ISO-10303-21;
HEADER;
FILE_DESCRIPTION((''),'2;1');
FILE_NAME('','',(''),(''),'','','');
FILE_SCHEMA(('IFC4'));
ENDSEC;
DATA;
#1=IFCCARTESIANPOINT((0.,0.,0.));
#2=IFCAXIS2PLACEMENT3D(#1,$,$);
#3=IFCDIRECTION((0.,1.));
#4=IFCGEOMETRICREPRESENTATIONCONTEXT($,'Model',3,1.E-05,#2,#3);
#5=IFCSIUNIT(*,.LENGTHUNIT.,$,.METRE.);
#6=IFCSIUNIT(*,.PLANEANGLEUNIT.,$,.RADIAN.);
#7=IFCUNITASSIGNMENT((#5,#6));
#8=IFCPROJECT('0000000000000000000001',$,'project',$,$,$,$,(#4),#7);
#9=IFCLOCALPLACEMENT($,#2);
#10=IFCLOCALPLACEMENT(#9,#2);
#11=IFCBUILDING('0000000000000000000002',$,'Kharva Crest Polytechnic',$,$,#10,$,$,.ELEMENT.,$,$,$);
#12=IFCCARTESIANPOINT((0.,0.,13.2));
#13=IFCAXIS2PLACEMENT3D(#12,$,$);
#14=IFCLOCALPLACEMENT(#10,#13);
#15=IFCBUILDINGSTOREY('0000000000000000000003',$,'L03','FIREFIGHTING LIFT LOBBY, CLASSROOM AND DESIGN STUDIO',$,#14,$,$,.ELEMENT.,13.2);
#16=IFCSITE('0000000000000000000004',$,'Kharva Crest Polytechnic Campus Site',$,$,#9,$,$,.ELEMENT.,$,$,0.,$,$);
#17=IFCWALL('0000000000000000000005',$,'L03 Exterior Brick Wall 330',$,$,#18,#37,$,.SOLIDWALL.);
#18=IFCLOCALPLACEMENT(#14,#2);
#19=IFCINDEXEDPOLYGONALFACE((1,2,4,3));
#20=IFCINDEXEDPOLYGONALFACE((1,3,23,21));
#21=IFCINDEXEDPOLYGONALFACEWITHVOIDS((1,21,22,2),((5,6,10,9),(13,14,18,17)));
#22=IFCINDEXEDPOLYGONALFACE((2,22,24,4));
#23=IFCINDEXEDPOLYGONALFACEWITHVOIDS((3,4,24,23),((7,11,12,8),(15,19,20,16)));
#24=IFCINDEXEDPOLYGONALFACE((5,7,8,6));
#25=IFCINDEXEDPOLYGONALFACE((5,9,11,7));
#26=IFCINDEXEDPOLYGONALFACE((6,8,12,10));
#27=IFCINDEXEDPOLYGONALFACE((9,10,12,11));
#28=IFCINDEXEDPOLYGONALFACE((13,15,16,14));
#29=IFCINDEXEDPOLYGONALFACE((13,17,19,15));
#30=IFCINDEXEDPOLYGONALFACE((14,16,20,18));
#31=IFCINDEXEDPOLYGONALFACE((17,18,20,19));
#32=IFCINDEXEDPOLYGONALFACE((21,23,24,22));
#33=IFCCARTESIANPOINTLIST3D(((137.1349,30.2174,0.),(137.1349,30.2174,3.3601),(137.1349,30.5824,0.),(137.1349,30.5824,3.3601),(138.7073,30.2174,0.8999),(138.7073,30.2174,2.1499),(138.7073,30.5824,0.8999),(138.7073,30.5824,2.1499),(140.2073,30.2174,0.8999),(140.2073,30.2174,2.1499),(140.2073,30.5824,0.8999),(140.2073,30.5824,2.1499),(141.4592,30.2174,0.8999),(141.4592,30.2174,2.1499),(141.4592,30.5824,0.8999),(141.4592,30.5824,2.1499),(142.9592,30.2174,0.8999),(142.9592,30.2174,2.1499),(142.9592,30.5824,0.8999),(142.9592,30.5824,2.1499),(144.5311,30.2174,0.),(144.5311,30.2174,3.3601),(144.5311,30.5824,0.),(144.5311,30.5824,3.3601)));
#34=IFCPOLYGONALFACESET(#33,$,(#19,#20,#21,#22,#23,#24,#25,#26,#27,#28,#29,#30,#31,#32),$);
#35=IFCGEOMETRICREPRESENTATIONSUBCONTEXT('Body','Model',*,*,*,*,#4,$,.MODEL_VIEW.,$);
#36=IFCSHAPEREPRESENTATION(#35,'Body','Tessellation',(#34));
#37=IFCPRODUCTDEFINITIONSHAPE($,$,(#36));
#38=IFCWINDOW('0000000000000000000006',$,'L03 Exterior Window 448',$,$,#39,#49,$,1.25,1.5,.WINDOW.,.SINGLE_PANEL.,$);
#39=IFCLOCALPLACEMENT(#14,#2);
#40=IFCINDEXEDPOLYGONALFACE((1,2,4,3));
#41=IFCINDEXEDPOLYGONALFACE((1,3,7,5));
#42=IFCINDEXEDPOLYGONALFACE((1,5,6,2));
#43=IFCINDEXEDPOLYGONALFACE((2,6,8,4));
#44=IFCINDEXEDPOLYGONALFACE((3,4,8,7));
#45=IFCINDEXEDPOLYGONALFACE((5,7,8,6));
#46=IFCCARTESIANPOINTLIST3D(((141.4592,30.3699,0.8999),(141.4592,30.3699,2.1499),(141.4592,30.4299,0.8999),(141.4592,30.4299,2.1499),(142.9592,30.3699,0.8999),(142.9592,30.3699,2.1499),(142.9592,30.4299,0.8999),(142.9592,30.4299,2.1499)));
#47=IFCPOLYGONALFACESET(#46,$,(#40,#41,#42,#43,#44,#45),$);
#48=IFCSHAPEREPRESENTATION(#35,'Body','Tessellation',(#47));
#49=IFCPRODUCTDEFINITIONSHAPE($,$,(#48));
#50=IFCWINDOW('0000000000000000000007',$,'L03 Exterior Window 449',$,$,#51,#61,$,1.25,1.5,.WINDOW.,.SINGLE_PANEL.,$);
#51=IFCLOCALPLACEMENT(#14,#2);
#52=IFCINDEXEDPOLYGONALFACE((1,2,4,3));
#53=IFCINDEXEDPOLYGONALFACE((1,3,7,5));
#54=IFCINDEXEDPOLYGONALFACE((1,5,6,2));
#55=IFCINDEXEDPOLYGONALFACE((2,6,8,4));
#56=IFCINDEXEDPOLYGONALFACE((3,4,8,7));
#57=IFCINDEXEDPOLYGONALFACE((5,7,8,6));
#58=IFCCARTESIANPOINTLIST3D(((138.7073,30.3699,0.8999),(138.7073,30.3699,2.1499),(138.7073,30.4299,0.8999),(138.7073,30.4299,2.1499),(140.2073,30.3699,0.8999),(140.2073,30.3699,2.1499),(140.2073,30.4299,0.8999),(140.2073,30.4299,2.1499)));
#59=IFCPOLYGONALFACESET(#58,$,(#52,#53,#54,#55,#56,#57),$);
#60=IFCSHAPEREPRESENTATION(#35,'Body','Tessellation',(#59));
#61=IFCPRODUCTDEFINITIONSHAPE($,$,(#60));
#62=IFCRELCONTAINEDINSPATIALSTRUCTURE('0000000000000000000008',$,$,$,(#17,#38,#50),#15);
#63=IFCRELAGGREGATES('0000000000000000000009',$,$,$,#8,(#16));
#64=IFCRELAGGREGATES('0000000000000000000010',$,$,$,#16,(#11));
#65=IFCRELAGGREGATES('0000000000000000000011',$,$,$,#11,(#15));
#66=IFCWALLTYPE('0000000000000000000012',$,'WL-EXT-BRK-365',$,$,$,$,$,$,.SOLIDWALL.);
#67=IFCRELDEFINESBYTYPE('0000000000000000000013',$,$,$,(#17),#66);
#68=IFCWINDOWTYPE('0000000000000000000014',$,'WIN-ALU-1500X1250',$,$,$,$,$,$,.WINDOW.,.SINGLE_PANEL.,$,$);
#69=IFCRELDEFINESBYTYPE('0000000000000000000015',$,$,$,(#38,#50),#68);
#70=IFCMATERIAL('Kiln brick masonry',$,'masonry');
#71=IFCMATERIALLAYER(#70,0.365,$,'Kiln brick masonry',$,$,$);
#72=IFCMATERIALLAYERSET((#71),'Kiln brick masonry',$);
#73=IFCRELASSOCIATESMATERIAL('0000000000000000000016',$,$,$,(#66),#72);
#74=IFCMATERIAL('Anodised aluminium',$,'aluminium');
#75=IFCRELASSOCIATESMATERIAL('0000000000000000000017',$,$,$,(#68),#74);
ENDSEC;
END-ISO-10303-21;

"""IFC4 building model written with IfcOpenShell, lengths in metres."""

from ifc_helpers import new_model, si_unit, direction, frame, frame_2d, origin, place, context, subcontext, project, spatial, rectangle, extrude, material, layer, layer_set, type_object, element, fill, save


model = new_model("IFC4")

# Units and contexts
model_context = context("Model", 3, precision=1e-05, world=origin(), true_north=direction((0.0, 1.0)))
body_context = subcontext(model_context, "Body", "Model", "MODEL_VIEW")
ifc_project = project(units=[si_unit("LENGTHUNIT", "METRE"), si_unit("PLANEANGLEUNIT", "RADIAN")], contexts=[model_context])

# Site, building, storey
site_placement = place(None, origin())
site = spatial("IfcSite", under=ifc_project, at=site_placement, Name="Kharva Crest Polytechnic Campus Site", CompositionType="ELEMENT", RefElevation=0.0)
building_placement = place(site_placement, origin())
building = spatial("IfcBuilding", under=site, at=building_placement, Name="Kharva Crest Polytechnic", CompositionType="ELEMENT")
storey_placement = place(building_placement, frame((0.0, 0.0, 13.2)))
storey = spatial("IfcBuildingStorey", under=building, at=storey_placement, Name="L03", Description="FIREFIGHTING LIFT LOBBY, CLASSROOM AND DESIGN STUDIO", CompositionType="ELEMENT", Elevation=13.2)

# Wall, openings, windows
ifc_material_1 = material(Name="Kiln brick masonry", Category="masonry")
ifc_layer_1 = layer(ifc_material_1, 0.365, Name="Kiln brick masonry")
ifc_layer_set_1 = layer_set([ifc_layer_1], Name="Kiln brick masonry")
wall_type = type_object("IfcWallType", Name="WL-EXT-BRK-365", PredefinedType="SOLIDWALL", material=ifc_layer_set_1)
wall_placement = place(storey_placement, frame((144.5312, 30.3999, 0.0), z_axis=(0.0, 0.0, 1.0), x_axis=(-1.0, 0.0, 0.0)))
wall = element("IfcWall", 1, at=wall_placement, inside=storey, type_object=wall_type, Name="L03 Exterior Brick Wall 330", PredefinedType="SOLIDWALL", context=body_context, shape_type="SweptSolid", body=[
    extrude(rectangle(XDim=7.3962, YDim=0.365, at=frame_2d((3.6982, 0.0))), origin(), (0.0, 0.0, 1.0), 3.3601),
])
opening_1_placement = place(wall_placement, frame((1.572, 0.0, 0.8999)))
opening_1 = element("IfcOpeningElement", 2, at=opening_1_placement, cuts=wall, PredefinedType="OPENING", context=body_context, shape_type="SweptSolid", body=[
    extrude(rectangle(XDim=1.5, YDim=1.25, at=frame_2d((0.75, 0.625))), frame((0.0, 0.1924, 0.0), z_axis=(0.0, -1.0, 0.0), x_axis=(1.0, 0.0, 0.0)), (0.0, 0.0, 1.0), 0.385),
])
opening_2_placement = place(wall_placement, frame((4.324, 0.0, 0.8999)))
opening_2 = element("IfcOpeningElement", 3, at=opening_2_placement, cuts=wall, PredefinedType="OPENING", context=body_context, shape_type="SweptSolid", body=[
    extrude(rectangle(XDim=1.5, YDim=1.25, at=frame_2d((0.75, 0.625))), frame((0.0, 0.1924, 0.0), z_axis=(0.0, -1.0, 0.0), x_axis=(1.0, 0.0, 0.0)), (0.0, 0.0, 1.0), 0.385),
])
ifc_material_2 = material(Name="Anodised aluminium", Category="aluminium")
window_type = type_object("IfcWindowType", Name="WIN-ALU-1500X1250", PartitioningType="SINGLE_PANEL", PredefinedType="WINDOW", material=ifc_material_2)
window_1_placement = place(opening_1_placement, origin())
window_1 = element("IfcWindow", 4, at=window_1_placement, inside=storey, type_object=window_type, Name="L03 Exterior Window 448", OverallHeight=1.25, OverallWidth=1.5, PartitioningType="SINGLE_PANEL", PredefinedType="WINDOW", context=body_context, shape_type="SweptSolid", body=[
    extrude(rectangle(XDim=1.5, YDim=1.25, at=frame_2d((0.75, 0.625))), frame((0.0, 0.03, 0.0), z_axis=(0.0, -1.0, 0.0), x_axis=(1.0, 0.0, 0.0)), (0.0, 0.0, 1.0), 0.0601),
])
fill(opening_1, window_1)
window_2_placement = place(opening_2_placement, origin())
window_2 = element("IfcWindow", 5, at=window_2_placement, inside=storey, type_object=window_type, Name="L03 Exterior Window 449", OverallHeight=1.25, OverallWidth=1.5, PartitioningType="SINGLE_PANEL", PredefinedType="WINDOW", context=body_context, shape_type="SweptSolid", body=[
    extrude(rectangle(XDim=1.5, YDim=1.25, at=frame_2d((0.75, 0.625))), frame((0.0, 0.03, 0.0), z_axis=(0.0, -1.0, 0.0), x_axis=(1.0, 0.0, 0.0)), (0.0, 0.0, 1.0), 0.0601),
])
fill(opening_2, window_2)

save(model, "model.ifc")
